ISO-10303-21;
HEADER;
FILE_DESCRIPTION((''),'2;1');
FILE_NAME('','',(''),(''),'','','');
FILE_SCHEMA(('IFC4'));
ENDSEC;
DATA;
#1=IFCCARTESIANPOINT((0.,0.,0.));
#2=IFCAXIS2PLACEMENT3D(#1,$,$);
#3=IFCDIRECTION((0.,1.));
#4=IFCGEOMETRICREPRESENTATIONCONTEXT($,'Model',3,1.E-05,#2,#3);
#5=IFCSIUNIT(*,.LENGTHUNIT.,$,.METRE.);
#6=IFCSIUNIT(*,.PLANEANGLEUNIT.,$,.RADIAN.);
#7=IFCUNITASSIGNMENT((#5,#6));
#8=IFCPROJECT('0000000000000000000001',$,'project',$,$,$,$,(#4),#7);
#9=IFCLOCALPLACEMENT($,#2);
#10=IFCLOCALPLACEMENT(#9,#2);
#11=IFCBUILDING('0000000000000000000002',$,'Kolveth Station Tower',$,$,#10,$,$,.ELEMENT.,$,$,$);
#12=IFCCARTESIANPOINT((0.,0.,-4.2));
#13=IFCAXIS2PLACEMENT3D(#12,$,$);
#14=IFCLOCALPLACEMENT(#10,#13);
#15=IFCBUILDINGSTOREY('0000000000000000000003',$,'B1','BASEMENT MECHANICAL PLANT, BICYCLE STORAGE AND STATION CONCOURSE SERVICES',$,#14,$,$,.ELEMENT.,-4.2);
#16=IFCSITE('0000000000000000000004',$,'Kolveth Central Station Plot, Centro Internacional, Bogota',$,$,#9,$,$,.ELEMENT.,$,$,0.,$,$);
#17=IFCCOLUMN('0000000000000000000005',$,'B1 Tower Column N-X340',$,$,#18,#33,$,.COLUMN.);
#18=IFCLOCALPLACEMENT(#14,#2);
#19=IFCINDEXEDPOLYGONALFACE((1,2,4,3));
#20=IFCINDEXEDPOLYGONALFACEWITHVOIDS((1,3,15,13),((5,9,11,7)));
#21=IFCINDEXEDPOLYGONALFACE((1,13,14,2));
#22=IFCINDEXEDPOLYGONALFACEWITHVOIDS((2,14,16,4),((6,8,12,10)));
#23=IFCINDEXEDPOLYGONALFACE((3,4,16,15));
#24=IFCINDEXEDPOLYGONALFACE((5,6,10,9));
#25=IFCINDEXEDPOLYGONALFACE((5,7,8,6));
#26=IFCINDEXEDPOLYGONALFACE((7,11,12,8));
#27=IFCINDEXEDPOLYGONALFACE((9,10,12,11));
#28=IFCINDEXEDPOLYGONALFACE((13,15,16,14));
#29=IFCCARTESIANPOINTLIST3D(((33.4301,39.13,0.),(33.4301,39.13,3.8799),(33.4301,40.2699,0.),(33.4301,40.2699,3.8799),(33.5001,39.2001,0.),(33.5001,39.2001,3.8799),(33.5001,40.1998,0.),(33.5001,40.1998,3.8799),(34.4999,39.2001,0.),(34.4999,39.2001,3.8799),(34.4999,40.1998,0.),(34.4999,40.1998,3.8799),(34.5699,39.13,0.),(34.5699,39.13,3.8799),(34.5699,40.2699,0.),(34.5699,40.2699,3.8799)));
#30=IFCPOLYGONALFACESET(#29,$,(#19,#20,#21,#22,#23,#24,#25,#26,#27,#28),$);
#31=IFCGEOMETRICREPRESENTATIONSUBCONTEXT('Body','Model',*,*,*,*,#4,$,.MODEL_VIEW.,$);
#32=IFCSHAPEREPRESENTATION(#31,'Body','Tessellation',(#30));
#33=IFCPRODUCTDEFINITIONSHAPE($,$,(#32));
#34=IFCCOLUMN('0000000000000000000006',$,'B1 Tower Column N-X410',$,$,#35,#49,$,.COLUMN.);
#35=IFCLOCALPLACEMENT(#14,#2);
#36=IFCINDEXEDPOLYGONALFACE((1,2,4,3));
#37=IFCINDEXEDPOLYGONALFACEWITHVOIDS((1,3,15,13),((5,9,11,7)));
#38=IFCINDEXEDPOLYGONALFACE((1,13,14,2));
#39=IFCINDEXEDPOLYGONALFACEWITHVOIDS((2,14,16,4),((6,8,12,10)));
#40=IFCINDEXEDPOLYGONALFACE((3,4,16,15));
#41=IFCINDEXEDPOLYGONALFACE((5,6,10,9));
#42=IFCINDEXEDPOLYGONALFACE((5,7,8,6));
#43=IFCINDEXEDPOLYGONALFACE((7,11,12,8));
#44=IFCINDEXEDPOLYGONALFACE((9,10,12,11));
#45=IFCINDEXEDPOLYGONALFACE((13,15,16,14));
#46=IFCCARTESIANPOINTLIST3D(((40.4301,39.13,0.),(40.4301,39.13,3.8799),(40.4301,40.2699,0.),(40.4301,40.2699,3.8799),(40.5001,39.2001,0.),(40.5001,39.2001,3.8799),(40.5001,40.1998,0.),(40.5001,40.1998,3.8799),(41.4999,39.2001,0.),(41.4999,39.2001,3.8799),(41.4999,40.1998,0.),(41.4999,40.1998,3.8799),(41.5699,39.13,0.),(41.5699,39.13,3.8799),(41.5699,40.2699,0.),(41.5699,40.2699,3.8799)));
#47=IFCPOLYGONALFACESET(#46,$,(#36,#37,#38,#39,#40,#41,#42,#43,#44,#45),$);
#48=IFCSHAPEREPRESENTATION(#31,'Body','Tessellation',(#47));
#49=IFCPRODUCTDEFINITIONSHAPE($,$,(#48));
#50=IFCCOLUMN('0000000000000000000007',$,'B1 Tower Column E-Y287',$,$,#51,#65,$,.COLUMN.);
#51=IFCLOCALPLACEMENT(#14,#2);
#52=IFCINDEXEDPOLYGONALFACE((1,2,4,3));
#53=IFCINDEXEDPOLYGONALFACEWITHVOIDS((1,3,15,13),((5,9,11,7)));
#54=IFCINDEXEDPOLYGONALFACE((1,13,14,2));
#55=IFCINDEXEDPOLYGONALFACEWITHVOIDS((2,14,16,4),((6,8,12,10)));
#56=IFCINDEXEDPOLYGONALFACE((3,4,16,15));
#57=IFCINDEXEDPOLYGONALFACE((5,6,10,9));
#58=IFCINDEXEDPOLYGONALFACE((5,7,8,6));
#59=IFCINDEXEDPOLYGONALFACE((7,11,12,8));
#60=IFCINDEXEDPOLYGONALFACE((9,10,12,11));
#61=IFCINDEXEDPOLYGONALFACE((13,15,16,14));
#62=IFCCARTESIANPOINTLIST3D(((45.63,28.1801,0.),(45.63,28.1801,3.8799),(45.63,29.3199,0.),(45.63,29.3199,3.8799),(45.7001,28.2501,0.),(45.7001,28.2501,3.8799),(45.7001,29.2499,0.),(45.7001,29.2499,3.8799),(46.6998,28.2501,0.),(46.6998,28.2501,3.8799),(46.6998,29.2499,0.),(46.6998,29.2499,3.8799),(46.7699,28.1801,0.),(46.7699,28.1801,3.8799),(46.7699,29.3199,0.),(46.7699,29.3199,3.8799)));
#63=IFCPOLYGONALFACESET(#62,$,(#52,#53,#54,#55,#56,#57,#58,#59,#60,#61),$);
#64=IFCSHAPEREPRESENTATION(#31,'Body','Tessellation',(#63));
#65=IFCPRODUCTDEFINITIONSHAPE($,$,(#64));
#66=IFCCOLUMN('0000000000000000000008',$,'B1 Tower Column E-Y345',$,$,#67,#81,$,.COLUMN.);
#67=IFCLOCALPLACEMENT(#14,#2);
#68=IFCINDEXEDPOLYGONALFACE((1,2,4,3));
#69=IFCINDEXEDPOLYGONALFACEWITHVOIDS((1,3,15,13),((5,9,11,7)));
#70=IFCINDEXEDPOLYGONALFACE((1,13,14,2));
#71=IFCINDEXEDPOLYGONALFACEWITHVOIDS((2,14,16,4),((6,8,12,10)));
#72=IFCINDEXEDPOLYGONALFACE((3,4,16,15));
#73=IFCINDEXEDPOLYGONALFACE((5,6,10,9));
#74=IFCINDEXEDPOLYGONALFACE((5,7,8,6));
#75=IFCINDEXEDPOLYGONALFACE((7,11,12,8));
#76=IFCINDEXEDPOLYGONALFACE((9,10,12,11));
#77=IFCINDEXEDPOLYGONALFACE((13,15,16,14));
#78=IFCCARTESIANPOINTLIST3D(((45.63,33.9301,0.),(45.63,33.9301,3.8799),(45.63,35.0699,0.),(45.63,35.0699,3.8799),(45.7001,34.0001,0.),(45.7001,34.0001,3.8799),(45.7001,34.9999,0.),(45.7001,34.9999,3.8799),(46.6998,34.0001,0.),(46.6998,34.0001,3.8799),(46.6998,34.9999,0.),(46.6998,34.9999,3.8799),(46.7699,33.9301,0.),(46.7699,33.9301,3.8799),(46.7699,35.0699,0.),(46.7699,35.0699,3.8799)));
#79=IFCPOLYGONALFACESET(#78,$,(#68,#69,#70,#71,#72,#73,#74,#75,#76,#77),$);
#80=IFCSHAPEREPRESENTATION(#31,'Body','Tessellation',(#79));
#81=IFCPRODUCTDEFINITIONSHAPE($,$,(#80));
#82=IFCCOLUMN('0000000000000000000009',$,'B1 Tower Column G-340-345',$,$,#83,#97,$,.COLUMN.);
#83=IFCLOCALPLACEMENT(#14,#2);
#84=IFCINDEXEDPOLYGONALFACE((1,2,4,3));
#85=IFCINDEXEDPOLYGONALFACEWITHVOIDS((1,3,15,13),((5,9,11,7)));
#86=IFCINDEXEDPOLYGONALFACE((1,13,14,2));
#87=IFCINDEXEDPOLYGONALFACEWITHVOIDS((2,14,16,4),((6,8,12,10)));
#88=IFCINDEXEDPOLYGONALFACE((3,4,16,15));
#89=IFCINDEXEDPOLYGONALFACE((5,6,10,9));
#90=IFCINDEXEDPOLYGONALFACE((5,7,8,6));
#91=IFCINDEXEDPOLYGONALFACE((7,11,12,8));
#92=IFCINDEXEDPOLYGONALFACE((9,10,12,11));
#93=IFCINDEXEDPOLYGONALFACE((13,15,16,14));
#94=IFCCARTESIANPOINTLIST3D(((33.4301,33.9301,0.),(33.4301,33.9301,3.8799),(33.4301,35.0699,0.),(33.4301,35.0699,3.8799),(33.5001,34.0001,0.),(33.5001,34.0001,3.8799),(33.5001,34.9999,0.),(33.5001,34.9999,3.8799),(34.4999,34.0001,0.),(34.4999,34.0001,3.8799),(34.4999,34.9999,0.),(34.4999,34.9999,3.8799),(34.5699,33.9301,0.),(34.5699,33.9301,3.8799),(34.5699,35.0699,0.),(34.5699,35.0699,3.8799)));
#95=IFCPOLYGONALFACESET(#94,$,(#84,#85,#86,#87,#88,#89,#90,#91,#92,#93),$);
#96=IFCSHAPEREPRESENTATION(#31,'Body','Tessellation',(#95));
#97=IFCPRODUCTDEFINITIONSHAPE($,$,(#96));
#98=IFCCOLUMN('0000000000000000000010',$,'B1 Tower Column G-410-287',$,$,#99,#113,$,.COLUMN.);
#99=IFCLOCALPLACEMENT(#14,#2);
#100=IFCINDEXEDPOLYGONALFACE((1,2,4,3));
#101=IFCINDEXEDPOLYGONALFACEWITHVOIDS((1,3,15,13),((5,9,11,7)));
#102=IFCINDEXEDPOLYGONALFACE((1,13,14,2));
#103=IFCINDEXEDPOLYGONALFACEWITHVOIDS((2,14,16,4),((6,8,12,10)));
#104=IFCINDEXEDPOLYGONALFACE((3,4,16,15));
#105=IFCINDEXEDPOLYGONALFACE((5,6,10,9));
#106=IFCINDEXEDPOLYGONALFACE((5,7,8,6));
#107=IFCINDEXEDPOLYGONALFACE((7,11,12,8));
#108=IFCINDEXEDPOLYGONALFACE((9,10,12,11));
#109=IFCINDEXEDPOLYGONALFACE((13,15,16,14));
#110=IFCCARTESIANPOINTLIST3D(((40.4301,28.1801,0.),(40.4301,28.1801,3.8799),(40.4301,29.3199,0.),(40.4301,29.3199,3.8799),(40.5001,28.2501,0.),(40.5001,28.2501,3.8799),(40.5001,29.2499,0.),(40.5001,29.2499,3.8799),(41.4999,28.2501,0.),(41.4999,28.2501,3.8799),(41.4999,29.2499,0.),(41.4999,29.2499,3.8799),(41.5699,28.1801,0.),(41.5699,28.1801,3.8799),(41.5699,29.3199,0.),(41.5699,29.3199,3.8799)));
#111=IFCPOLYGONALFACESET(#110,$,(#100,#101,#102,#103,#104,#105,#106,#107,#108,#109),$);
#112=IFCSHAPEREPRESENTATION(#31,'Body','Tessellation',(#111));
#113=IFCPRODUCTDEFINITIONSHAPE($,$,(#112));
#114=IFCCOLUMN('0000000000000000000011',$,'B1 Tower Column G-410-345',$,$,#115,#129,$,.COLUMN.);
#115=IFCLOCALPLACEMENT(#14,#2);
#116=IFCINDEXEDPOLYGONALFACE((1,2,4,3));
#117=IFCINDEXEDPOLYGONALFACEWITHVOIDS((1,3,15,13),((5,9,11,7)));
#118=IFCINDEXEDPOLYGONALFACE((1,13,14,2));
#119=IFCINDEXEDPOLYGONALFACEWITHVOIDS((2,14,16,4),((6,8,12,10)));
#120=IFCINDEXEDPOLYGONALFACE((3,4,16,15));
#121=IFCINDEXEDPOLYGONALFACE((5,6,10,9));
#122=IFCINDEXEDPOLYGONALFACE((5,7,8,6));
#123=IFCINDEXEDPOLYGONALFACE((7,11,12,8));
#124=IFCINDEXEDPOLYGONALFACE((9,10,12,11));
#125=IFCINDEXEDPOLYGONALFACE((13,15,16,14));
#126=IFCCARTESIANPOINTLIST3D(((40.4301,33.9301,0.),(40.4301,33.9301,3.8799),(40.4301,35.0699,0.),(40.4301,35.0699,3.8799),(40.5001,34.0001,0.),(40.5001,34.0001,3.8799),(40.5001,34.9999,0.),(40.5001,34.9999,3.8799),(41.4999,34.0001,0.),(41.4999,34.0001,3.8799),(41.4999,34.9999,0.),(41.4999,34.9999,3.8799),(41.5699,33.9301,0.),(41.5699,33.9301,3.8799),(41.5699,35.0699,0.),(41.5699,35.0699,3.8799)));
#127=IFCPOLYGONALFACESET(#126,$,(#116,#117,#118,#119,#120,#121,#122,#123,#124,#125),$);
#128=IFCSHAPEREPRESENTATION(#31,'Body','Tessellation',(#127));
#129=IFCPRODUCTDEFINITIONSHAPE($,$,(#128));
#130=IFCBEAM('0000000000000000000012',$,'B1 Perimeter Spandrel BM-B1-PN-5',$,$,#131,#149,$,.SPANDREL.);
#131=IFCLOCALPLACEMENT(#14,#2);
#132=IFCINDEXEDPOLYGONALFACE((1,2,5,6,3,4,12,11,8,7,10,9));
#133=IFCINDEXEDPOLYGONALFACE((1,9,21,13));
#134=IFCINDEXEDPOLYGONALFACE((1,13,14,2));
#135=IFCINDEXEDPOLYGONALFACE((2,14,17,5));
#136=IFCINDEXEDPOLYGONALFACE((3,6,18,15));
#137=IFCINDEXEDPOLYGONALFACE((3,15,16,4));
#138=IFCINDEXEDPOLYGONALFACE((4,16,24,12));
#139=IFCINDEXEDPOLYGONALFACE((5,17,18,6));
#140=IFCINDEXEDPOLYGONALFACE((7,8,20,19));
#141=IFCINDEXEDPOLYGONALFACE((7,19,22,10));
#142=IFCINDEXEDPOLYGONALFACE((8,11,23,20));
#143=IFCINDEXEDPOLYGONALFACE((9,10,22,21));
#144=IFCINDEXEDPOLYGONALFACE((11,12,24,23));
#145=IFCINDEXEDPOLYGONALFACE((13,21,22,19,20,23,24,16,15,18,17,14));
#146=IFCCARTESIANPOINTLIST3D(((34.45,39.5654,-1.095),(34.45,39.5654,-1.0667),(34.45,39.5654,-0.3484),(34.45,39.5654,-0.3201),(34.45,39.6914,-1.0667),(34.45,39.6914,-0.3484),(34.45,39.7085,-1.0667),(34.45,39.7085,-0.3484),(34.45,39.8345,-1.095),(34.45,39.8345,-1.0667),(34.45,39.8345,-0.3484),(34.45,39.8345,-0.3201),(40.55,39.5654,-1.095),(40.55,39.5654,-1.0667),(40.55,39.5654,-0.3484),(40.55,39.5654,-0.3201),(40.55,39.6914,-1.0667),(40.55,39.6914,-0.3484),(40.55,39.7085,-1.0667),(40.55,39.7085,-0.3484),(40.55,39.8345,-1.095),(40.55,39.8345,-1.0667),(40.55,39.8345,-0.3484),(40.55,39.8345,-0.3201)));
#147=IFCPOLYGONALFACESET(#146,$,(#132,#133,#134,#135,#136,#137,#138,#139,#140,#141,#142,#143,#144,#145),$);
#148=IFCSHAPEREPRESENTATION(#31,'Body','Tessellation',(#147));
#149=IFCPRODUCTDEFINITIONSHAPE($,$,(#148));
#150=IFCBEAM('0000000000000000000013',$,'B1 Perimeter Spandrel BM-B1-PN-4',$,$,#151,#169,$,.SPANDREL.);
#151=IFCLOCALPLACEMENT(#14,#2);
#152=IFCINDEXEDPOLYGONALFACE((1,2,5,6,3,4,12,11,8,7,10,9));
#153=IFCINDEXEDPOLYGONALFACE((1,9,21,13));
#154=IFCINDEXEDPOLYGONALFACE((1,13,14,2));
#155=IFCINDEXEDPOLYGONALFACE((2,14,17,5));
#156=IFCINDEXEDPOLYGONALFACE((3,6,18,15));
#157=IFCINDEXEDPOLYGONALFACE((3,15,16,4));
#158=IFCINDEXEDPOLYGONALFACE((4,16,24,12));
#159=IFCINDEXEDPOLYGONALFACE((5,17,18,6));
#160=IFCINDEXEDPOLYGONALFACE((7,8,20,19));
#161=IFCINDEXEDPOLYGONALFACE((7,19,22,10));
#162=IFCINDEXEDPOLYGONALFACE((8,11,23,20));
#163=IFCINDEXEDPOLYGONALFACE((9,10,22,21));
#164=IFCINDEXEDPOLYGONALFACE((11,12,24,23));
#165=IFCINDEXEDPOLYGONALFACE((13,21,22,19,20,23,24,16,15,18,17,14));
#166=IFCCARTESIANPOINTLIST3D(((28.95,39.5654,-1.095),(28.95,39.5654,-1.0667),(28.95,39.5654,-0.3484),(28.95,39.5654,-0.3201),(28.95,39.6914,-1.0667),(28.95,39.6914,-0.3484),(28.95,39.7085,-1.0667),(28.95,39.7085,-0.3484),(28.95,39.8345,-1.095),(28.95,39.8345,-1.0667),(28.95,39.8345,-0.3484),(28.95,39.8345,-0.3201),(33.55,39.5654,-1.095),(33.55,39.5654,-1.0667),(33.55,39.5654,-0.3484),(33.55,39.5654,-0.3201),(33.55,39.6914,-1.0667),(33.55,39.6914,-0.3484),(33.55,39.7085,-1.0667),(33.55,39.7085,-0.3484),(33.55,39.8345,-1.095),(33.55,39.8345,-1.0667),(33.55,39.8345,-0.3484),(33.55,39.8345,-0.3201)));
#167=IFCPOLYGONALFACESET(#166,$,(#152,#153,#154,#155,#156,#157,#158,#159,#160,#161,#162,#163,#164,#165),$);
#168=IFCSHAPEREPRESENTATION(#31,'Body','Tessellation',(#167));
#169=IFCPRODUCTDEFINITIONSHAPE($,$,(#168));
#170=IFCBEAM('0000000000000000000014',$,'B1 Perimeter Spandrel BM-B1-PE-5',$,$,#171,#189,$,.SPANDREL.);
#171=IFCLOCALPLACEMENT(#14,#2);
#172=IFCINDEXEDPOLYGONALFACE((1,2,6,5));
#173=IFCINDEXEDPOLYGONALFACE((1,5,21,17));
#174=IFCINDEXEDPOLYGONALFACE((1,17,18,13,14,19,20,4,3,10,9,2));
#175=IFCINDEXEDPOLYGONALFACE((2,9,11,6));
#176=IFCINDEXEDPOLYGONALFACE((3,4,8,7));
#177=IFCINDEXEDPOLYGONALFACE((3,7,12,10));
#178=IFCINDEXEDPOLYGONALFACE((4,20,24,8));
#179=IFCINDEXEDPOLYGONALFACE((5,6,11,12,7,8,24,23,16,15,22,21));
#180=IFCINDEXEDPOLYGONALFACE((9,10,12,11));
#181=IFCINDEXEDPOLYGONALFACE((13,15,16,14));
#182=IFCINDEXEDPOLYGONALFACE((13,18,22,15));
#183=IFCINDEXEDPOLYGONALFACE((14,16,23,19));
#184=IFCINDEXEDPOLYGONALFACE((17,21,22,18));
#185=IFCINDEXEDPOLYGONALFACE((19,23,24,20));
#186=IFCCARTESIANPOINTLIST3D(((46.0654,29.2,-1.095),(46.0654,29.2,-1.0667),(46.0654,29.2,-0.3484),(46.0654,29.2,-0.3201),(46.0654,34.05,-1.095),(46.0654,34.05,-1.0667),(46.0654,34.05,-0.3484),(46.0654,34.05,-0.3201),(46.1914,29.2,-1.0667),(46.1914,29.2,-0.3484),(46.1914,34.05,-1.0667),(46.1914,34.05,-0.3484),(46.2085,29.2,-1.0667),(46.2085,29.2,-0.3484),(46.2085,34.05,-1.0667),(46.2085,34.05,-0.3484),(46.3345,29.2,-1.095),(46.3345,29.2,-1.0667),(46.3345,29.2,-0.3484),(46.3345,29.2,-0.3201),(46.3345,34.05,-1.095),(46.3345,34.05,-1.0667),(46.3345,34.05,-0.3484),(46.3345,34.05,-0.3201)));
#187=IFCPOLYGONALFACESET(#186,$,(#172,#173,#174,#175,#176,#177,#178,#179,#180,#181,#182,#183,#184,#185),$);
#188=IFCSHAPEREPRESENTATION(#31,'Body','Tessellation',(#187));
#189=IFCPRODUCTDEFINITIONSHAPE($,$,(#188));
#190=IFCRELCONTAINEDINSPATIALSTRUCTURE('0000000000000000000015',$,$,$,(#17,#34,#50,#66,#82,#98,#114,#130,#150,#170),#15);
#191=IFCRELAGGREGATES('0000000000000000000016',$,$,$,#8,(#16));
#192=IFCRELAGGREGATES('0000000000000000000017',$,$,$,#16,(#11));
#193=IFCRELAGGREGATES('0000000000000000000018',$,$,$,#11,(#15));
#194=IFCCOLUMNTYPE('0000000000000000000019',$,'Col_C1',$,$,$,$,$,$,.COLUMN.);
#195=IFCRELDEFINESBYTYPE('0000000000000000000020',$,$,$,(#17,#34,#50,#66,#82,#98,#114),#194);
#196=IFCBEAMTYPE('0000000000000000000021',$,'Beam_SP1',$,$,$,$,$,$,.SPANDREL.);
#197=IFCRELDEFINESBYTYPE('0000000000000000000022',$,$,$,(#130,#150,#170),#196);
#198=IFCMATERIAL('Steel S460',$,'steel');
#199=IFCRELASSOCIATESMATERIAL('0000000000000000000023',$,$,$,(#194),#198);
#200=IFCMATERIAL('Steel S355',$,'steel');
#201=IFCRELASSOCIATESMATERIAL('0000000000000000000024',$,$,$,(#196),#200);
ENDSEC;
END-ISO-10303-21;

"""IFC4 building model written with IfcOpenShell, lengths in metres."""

from ifc_helpers import new_model, si_unit, direction, frame, origin, origin_2d, place, context, subcontext, project, spatial, hollow_rectangle, i_section, extrude, source, transform, mapped, material, material_profile, profile_set, type_object, element, save


model = new_model("IFC4")

# Units and contexts
model_context = context("Model", 3, precision=1e-05, world=origin(), true_north=direction((0.0, 1.0)))
body_context = subcontext(model_context, "Body", "Model", "MODEL_VIEW")
ifc_project = project(units=[si_unit("LENGTHUNIT", "METRE"), si_unit("PLANEANGLEUNIT", "RADIAN")], contexts=[model_context])

# Site, building, storey
site_placement = place(None, origin())
site = spatial("IfcSite", under=ifc_project, at=site_placement, Name="Kolveth Central Station Plot, Centro Internacional, Bogota", CompositionType="ELEMENT", RefElevation=0.0)
building_placement = place(site_placement, origin())
building = spatial("IfcBuilding", under=site, at=building_placement, Name="Kolveth Station Tower", CompositionType="ELEMENT")
storey_placement = place(building_placement, frame((0.0, 0.0, -4.2)))
storey = spatial("IfcBuildingStorey", under=building, at=storey_placement, Name="B1", Description="BASEMENT MECHANICAL PLANT, BICYCLE STORAGE AND STATION CONCOURSE SERVICES", CompositionType="ELEMENT", Elevation=-4.2)

# Columns
ifc_material_1 = material(Name="Steel S460", Category="steel")
ifc_material_profile_1 = material_profile(ifc_material_1, hollow_rectangle(XDim=1.1399, YDim=1.1399, WallThickness=0.0701, at=origin_2d()), Name="BOX1140x1140x70")
ifc_profile_set_1 = profile_set([ifc_material_profile_1], Name="Steel S460")
column_type = type_object("IfcColumnType", Name="Col_C1", PredefinedType="COLUMN", material=ifc_profile_set_1)
shared_shape_1 = source(origin(), body_context, "Body", "SweptSolid", [
    extrude(hollow_rectangle(XDim=1.1399, YDim=1.1399, WallThickness=0.0701, at=origin_2d()), origin(), (0.0, 0.0, 1.0), 3.8799),
])
for number, where, z_axis, x_axis, name in (
    (1, (34.0, 39.7, 0.0), (0.0, 0.0, 1.0), (1.0, 0.0, 0.0), "B1 Tower Column N-X340"),
    (2, (41.0, 39.7, 0.0), (0.0, 0.0, 1.0), (1.0, 0.0, 0.0), "B1 Tower Column N-X410"),
    (3, (46.2, 28.75, 0.0), (0.0, 0.0, 1.0), (1.0, 0.0, 0.0), "B1 Tower Column E-Y287"),
    (4, (46.2, 34.5, 0.0), (0.0, 0.0, 1.0), (1.0, 0.0, 0.0), "B1 Tower Column E-Y345"),
    (5, (34.0, 34.5, 0.0), (0.0, 0.0, 1.0), (1.0, 0.0, 0.0), "B1 Tower Column G-340-345"),
    (6, (41.0, 28.75, 0.0), (0.0, 0.0, 1.0), (1.0, 0.0, 0.0), "B1 Tower Column G-410-287"),
    (7, (41.0, 34.5, 0.0), (0.0, 0.0, 1.0), (1.0, 0.0, 0.0), "B1 Tower Column G-410-345"),
):
    element("IfcColumn", number, at=place(storey_placement, frame(where, z_axis=z_axis, x_axis=x_axis)), inside=storey, type_object=column_type, Name=name, PredefinedType="COLUMN", context=body_context, shape_type="MappedRepresentation", body=[
        mapped(shared_shape_1, transform((0.0, 0.0, 0.0), x_axis=(1.0, 0.0, 0.0), y_axis=(0.0, 1.0, 0.0), z_axis=(0.0, 0.0, 1.0), scale=1.0)),
    ])

# Beams
ifc_material_2 = material(Name="Steel S355", Category="steel")
ifc_material_profile_2 = material_profile(ifc_material_2, i_section(OverallWidth=0.269, OverallDepth=0.7749, WebThickness=0.0171, FlangeThickness=0.0283, at=origin_2d()), Name="W760x220")
ifc_profile_set_2 = profile_set([ifc_material_profile_2], Name="Steel S355")
beam_type_1 = type_object("IfcBeamType", Name="Beam_SP1", PredefinedType="SPANDREL", material=ifc_profile_set_2)
shared_shape_2 = source(origin(), body_context, "Body", "SweptSolid", [
    extrude(i_section(OverallWidth=0.269, OverallDepth=0.7749, WebThickness=0.0171, FlangeThickness=0.0283, at=origin_2d()), origin(), (0.0, 0.0, 1.0), 6.1001),
])
beam_1_placement = place(storey_placement, frame((34.45, 39.7, -0.7075), z_axis=(1.0, 0.0, 0.0), x_axis=(0.0, 1.0, 0.0)))
element("IfcBeam", 8, at=beam_1_placement, inside=storey, type_object=beam_type_1, Name="B1 Perimeter Spandrel BM-B1-PN-5", PredefinedType="SPANDREL", context=body_context, shape_type="MappedRepresentation", body=[
    mapped(shared_shape_2, transform((0.0, 0.0, 0.0), x_axis=(1.0, 0.0, 0.0), y_axis=(0.0, 1.0, 0.0), z_axis=(0.0, 0.0, 1.0), scale=1.0)),
])
shared_shape_3 = source(origin(), body_context, "Body", "SweptSolid", [
    extrude(i_section(OverallWidth=0.269, OverallDepth=0.7749, WebThickness=0.0171, FlangeThickness=0.0283, at=origin_2d()), origin(), (0.0, 0.0, 1.0), 4.6001),
])
beam_2_placement = place(storey_placement, frame((28.95, 39.7, -0.7075), z_axis=(1.0, 0.0, 0.0), x_axis=(0.0, 1.0, 0.0)))
element("IfcBeam", 9, at=beam_2_placement, inside=storey, type_object=beam_type_1, Name="B1 Perimeter Spandrel BM-B1-PN-4", PredefinedType="SPANDREL", context=body_context, shape_type="MappedRepresentation", body=[
    mapped(shared_shape_3, transform((0.0, 0.0, 0.0), x_axis=(1.0, 0.0, 0.0), y_axis=(0.0, 1.0, 0.0), z_axis=(0.0, 0.0, 1.0), scale=1.0)),
])
shared_shape_4 = source(origin(), body_context, "Body", "SweptSolid", [
    extrude(i_section(OverallWidth=0.269, OverallDepth=0.7749, WebThickness=0.0171, FlangeThickness=0.0283, at=origin_2d()), origin(), (0.0, 0.0, 1.0), 4.8501),
])
beam_3_placement = place(storey_placement, frame((46.2, 29.2, -0.7075), z_axis=(0.0, 1.0, 0.0), x_axis=(-1.0, 0.0, 0.0)))
element("IfcBeam", 10, at=beam_3_placement, inside=storey, type_object=beam_type_1, Name="B1 Perimeter Spandrel BM-B1-PE-5", PredefinedType="SPANDREL", context=body_context, shape_type="MappedRepresentation", body=[
    mapped(shared_shape_4, transform((0.0, 0.0, 0.0), x_axis=(1.0, 0.0, 0.0), y_axis=(0.0, 1.0, 0.0), z_axis=(0.0, 0.0, 1.0), scale=1.0)),
])

save(model, "model.ifc")
